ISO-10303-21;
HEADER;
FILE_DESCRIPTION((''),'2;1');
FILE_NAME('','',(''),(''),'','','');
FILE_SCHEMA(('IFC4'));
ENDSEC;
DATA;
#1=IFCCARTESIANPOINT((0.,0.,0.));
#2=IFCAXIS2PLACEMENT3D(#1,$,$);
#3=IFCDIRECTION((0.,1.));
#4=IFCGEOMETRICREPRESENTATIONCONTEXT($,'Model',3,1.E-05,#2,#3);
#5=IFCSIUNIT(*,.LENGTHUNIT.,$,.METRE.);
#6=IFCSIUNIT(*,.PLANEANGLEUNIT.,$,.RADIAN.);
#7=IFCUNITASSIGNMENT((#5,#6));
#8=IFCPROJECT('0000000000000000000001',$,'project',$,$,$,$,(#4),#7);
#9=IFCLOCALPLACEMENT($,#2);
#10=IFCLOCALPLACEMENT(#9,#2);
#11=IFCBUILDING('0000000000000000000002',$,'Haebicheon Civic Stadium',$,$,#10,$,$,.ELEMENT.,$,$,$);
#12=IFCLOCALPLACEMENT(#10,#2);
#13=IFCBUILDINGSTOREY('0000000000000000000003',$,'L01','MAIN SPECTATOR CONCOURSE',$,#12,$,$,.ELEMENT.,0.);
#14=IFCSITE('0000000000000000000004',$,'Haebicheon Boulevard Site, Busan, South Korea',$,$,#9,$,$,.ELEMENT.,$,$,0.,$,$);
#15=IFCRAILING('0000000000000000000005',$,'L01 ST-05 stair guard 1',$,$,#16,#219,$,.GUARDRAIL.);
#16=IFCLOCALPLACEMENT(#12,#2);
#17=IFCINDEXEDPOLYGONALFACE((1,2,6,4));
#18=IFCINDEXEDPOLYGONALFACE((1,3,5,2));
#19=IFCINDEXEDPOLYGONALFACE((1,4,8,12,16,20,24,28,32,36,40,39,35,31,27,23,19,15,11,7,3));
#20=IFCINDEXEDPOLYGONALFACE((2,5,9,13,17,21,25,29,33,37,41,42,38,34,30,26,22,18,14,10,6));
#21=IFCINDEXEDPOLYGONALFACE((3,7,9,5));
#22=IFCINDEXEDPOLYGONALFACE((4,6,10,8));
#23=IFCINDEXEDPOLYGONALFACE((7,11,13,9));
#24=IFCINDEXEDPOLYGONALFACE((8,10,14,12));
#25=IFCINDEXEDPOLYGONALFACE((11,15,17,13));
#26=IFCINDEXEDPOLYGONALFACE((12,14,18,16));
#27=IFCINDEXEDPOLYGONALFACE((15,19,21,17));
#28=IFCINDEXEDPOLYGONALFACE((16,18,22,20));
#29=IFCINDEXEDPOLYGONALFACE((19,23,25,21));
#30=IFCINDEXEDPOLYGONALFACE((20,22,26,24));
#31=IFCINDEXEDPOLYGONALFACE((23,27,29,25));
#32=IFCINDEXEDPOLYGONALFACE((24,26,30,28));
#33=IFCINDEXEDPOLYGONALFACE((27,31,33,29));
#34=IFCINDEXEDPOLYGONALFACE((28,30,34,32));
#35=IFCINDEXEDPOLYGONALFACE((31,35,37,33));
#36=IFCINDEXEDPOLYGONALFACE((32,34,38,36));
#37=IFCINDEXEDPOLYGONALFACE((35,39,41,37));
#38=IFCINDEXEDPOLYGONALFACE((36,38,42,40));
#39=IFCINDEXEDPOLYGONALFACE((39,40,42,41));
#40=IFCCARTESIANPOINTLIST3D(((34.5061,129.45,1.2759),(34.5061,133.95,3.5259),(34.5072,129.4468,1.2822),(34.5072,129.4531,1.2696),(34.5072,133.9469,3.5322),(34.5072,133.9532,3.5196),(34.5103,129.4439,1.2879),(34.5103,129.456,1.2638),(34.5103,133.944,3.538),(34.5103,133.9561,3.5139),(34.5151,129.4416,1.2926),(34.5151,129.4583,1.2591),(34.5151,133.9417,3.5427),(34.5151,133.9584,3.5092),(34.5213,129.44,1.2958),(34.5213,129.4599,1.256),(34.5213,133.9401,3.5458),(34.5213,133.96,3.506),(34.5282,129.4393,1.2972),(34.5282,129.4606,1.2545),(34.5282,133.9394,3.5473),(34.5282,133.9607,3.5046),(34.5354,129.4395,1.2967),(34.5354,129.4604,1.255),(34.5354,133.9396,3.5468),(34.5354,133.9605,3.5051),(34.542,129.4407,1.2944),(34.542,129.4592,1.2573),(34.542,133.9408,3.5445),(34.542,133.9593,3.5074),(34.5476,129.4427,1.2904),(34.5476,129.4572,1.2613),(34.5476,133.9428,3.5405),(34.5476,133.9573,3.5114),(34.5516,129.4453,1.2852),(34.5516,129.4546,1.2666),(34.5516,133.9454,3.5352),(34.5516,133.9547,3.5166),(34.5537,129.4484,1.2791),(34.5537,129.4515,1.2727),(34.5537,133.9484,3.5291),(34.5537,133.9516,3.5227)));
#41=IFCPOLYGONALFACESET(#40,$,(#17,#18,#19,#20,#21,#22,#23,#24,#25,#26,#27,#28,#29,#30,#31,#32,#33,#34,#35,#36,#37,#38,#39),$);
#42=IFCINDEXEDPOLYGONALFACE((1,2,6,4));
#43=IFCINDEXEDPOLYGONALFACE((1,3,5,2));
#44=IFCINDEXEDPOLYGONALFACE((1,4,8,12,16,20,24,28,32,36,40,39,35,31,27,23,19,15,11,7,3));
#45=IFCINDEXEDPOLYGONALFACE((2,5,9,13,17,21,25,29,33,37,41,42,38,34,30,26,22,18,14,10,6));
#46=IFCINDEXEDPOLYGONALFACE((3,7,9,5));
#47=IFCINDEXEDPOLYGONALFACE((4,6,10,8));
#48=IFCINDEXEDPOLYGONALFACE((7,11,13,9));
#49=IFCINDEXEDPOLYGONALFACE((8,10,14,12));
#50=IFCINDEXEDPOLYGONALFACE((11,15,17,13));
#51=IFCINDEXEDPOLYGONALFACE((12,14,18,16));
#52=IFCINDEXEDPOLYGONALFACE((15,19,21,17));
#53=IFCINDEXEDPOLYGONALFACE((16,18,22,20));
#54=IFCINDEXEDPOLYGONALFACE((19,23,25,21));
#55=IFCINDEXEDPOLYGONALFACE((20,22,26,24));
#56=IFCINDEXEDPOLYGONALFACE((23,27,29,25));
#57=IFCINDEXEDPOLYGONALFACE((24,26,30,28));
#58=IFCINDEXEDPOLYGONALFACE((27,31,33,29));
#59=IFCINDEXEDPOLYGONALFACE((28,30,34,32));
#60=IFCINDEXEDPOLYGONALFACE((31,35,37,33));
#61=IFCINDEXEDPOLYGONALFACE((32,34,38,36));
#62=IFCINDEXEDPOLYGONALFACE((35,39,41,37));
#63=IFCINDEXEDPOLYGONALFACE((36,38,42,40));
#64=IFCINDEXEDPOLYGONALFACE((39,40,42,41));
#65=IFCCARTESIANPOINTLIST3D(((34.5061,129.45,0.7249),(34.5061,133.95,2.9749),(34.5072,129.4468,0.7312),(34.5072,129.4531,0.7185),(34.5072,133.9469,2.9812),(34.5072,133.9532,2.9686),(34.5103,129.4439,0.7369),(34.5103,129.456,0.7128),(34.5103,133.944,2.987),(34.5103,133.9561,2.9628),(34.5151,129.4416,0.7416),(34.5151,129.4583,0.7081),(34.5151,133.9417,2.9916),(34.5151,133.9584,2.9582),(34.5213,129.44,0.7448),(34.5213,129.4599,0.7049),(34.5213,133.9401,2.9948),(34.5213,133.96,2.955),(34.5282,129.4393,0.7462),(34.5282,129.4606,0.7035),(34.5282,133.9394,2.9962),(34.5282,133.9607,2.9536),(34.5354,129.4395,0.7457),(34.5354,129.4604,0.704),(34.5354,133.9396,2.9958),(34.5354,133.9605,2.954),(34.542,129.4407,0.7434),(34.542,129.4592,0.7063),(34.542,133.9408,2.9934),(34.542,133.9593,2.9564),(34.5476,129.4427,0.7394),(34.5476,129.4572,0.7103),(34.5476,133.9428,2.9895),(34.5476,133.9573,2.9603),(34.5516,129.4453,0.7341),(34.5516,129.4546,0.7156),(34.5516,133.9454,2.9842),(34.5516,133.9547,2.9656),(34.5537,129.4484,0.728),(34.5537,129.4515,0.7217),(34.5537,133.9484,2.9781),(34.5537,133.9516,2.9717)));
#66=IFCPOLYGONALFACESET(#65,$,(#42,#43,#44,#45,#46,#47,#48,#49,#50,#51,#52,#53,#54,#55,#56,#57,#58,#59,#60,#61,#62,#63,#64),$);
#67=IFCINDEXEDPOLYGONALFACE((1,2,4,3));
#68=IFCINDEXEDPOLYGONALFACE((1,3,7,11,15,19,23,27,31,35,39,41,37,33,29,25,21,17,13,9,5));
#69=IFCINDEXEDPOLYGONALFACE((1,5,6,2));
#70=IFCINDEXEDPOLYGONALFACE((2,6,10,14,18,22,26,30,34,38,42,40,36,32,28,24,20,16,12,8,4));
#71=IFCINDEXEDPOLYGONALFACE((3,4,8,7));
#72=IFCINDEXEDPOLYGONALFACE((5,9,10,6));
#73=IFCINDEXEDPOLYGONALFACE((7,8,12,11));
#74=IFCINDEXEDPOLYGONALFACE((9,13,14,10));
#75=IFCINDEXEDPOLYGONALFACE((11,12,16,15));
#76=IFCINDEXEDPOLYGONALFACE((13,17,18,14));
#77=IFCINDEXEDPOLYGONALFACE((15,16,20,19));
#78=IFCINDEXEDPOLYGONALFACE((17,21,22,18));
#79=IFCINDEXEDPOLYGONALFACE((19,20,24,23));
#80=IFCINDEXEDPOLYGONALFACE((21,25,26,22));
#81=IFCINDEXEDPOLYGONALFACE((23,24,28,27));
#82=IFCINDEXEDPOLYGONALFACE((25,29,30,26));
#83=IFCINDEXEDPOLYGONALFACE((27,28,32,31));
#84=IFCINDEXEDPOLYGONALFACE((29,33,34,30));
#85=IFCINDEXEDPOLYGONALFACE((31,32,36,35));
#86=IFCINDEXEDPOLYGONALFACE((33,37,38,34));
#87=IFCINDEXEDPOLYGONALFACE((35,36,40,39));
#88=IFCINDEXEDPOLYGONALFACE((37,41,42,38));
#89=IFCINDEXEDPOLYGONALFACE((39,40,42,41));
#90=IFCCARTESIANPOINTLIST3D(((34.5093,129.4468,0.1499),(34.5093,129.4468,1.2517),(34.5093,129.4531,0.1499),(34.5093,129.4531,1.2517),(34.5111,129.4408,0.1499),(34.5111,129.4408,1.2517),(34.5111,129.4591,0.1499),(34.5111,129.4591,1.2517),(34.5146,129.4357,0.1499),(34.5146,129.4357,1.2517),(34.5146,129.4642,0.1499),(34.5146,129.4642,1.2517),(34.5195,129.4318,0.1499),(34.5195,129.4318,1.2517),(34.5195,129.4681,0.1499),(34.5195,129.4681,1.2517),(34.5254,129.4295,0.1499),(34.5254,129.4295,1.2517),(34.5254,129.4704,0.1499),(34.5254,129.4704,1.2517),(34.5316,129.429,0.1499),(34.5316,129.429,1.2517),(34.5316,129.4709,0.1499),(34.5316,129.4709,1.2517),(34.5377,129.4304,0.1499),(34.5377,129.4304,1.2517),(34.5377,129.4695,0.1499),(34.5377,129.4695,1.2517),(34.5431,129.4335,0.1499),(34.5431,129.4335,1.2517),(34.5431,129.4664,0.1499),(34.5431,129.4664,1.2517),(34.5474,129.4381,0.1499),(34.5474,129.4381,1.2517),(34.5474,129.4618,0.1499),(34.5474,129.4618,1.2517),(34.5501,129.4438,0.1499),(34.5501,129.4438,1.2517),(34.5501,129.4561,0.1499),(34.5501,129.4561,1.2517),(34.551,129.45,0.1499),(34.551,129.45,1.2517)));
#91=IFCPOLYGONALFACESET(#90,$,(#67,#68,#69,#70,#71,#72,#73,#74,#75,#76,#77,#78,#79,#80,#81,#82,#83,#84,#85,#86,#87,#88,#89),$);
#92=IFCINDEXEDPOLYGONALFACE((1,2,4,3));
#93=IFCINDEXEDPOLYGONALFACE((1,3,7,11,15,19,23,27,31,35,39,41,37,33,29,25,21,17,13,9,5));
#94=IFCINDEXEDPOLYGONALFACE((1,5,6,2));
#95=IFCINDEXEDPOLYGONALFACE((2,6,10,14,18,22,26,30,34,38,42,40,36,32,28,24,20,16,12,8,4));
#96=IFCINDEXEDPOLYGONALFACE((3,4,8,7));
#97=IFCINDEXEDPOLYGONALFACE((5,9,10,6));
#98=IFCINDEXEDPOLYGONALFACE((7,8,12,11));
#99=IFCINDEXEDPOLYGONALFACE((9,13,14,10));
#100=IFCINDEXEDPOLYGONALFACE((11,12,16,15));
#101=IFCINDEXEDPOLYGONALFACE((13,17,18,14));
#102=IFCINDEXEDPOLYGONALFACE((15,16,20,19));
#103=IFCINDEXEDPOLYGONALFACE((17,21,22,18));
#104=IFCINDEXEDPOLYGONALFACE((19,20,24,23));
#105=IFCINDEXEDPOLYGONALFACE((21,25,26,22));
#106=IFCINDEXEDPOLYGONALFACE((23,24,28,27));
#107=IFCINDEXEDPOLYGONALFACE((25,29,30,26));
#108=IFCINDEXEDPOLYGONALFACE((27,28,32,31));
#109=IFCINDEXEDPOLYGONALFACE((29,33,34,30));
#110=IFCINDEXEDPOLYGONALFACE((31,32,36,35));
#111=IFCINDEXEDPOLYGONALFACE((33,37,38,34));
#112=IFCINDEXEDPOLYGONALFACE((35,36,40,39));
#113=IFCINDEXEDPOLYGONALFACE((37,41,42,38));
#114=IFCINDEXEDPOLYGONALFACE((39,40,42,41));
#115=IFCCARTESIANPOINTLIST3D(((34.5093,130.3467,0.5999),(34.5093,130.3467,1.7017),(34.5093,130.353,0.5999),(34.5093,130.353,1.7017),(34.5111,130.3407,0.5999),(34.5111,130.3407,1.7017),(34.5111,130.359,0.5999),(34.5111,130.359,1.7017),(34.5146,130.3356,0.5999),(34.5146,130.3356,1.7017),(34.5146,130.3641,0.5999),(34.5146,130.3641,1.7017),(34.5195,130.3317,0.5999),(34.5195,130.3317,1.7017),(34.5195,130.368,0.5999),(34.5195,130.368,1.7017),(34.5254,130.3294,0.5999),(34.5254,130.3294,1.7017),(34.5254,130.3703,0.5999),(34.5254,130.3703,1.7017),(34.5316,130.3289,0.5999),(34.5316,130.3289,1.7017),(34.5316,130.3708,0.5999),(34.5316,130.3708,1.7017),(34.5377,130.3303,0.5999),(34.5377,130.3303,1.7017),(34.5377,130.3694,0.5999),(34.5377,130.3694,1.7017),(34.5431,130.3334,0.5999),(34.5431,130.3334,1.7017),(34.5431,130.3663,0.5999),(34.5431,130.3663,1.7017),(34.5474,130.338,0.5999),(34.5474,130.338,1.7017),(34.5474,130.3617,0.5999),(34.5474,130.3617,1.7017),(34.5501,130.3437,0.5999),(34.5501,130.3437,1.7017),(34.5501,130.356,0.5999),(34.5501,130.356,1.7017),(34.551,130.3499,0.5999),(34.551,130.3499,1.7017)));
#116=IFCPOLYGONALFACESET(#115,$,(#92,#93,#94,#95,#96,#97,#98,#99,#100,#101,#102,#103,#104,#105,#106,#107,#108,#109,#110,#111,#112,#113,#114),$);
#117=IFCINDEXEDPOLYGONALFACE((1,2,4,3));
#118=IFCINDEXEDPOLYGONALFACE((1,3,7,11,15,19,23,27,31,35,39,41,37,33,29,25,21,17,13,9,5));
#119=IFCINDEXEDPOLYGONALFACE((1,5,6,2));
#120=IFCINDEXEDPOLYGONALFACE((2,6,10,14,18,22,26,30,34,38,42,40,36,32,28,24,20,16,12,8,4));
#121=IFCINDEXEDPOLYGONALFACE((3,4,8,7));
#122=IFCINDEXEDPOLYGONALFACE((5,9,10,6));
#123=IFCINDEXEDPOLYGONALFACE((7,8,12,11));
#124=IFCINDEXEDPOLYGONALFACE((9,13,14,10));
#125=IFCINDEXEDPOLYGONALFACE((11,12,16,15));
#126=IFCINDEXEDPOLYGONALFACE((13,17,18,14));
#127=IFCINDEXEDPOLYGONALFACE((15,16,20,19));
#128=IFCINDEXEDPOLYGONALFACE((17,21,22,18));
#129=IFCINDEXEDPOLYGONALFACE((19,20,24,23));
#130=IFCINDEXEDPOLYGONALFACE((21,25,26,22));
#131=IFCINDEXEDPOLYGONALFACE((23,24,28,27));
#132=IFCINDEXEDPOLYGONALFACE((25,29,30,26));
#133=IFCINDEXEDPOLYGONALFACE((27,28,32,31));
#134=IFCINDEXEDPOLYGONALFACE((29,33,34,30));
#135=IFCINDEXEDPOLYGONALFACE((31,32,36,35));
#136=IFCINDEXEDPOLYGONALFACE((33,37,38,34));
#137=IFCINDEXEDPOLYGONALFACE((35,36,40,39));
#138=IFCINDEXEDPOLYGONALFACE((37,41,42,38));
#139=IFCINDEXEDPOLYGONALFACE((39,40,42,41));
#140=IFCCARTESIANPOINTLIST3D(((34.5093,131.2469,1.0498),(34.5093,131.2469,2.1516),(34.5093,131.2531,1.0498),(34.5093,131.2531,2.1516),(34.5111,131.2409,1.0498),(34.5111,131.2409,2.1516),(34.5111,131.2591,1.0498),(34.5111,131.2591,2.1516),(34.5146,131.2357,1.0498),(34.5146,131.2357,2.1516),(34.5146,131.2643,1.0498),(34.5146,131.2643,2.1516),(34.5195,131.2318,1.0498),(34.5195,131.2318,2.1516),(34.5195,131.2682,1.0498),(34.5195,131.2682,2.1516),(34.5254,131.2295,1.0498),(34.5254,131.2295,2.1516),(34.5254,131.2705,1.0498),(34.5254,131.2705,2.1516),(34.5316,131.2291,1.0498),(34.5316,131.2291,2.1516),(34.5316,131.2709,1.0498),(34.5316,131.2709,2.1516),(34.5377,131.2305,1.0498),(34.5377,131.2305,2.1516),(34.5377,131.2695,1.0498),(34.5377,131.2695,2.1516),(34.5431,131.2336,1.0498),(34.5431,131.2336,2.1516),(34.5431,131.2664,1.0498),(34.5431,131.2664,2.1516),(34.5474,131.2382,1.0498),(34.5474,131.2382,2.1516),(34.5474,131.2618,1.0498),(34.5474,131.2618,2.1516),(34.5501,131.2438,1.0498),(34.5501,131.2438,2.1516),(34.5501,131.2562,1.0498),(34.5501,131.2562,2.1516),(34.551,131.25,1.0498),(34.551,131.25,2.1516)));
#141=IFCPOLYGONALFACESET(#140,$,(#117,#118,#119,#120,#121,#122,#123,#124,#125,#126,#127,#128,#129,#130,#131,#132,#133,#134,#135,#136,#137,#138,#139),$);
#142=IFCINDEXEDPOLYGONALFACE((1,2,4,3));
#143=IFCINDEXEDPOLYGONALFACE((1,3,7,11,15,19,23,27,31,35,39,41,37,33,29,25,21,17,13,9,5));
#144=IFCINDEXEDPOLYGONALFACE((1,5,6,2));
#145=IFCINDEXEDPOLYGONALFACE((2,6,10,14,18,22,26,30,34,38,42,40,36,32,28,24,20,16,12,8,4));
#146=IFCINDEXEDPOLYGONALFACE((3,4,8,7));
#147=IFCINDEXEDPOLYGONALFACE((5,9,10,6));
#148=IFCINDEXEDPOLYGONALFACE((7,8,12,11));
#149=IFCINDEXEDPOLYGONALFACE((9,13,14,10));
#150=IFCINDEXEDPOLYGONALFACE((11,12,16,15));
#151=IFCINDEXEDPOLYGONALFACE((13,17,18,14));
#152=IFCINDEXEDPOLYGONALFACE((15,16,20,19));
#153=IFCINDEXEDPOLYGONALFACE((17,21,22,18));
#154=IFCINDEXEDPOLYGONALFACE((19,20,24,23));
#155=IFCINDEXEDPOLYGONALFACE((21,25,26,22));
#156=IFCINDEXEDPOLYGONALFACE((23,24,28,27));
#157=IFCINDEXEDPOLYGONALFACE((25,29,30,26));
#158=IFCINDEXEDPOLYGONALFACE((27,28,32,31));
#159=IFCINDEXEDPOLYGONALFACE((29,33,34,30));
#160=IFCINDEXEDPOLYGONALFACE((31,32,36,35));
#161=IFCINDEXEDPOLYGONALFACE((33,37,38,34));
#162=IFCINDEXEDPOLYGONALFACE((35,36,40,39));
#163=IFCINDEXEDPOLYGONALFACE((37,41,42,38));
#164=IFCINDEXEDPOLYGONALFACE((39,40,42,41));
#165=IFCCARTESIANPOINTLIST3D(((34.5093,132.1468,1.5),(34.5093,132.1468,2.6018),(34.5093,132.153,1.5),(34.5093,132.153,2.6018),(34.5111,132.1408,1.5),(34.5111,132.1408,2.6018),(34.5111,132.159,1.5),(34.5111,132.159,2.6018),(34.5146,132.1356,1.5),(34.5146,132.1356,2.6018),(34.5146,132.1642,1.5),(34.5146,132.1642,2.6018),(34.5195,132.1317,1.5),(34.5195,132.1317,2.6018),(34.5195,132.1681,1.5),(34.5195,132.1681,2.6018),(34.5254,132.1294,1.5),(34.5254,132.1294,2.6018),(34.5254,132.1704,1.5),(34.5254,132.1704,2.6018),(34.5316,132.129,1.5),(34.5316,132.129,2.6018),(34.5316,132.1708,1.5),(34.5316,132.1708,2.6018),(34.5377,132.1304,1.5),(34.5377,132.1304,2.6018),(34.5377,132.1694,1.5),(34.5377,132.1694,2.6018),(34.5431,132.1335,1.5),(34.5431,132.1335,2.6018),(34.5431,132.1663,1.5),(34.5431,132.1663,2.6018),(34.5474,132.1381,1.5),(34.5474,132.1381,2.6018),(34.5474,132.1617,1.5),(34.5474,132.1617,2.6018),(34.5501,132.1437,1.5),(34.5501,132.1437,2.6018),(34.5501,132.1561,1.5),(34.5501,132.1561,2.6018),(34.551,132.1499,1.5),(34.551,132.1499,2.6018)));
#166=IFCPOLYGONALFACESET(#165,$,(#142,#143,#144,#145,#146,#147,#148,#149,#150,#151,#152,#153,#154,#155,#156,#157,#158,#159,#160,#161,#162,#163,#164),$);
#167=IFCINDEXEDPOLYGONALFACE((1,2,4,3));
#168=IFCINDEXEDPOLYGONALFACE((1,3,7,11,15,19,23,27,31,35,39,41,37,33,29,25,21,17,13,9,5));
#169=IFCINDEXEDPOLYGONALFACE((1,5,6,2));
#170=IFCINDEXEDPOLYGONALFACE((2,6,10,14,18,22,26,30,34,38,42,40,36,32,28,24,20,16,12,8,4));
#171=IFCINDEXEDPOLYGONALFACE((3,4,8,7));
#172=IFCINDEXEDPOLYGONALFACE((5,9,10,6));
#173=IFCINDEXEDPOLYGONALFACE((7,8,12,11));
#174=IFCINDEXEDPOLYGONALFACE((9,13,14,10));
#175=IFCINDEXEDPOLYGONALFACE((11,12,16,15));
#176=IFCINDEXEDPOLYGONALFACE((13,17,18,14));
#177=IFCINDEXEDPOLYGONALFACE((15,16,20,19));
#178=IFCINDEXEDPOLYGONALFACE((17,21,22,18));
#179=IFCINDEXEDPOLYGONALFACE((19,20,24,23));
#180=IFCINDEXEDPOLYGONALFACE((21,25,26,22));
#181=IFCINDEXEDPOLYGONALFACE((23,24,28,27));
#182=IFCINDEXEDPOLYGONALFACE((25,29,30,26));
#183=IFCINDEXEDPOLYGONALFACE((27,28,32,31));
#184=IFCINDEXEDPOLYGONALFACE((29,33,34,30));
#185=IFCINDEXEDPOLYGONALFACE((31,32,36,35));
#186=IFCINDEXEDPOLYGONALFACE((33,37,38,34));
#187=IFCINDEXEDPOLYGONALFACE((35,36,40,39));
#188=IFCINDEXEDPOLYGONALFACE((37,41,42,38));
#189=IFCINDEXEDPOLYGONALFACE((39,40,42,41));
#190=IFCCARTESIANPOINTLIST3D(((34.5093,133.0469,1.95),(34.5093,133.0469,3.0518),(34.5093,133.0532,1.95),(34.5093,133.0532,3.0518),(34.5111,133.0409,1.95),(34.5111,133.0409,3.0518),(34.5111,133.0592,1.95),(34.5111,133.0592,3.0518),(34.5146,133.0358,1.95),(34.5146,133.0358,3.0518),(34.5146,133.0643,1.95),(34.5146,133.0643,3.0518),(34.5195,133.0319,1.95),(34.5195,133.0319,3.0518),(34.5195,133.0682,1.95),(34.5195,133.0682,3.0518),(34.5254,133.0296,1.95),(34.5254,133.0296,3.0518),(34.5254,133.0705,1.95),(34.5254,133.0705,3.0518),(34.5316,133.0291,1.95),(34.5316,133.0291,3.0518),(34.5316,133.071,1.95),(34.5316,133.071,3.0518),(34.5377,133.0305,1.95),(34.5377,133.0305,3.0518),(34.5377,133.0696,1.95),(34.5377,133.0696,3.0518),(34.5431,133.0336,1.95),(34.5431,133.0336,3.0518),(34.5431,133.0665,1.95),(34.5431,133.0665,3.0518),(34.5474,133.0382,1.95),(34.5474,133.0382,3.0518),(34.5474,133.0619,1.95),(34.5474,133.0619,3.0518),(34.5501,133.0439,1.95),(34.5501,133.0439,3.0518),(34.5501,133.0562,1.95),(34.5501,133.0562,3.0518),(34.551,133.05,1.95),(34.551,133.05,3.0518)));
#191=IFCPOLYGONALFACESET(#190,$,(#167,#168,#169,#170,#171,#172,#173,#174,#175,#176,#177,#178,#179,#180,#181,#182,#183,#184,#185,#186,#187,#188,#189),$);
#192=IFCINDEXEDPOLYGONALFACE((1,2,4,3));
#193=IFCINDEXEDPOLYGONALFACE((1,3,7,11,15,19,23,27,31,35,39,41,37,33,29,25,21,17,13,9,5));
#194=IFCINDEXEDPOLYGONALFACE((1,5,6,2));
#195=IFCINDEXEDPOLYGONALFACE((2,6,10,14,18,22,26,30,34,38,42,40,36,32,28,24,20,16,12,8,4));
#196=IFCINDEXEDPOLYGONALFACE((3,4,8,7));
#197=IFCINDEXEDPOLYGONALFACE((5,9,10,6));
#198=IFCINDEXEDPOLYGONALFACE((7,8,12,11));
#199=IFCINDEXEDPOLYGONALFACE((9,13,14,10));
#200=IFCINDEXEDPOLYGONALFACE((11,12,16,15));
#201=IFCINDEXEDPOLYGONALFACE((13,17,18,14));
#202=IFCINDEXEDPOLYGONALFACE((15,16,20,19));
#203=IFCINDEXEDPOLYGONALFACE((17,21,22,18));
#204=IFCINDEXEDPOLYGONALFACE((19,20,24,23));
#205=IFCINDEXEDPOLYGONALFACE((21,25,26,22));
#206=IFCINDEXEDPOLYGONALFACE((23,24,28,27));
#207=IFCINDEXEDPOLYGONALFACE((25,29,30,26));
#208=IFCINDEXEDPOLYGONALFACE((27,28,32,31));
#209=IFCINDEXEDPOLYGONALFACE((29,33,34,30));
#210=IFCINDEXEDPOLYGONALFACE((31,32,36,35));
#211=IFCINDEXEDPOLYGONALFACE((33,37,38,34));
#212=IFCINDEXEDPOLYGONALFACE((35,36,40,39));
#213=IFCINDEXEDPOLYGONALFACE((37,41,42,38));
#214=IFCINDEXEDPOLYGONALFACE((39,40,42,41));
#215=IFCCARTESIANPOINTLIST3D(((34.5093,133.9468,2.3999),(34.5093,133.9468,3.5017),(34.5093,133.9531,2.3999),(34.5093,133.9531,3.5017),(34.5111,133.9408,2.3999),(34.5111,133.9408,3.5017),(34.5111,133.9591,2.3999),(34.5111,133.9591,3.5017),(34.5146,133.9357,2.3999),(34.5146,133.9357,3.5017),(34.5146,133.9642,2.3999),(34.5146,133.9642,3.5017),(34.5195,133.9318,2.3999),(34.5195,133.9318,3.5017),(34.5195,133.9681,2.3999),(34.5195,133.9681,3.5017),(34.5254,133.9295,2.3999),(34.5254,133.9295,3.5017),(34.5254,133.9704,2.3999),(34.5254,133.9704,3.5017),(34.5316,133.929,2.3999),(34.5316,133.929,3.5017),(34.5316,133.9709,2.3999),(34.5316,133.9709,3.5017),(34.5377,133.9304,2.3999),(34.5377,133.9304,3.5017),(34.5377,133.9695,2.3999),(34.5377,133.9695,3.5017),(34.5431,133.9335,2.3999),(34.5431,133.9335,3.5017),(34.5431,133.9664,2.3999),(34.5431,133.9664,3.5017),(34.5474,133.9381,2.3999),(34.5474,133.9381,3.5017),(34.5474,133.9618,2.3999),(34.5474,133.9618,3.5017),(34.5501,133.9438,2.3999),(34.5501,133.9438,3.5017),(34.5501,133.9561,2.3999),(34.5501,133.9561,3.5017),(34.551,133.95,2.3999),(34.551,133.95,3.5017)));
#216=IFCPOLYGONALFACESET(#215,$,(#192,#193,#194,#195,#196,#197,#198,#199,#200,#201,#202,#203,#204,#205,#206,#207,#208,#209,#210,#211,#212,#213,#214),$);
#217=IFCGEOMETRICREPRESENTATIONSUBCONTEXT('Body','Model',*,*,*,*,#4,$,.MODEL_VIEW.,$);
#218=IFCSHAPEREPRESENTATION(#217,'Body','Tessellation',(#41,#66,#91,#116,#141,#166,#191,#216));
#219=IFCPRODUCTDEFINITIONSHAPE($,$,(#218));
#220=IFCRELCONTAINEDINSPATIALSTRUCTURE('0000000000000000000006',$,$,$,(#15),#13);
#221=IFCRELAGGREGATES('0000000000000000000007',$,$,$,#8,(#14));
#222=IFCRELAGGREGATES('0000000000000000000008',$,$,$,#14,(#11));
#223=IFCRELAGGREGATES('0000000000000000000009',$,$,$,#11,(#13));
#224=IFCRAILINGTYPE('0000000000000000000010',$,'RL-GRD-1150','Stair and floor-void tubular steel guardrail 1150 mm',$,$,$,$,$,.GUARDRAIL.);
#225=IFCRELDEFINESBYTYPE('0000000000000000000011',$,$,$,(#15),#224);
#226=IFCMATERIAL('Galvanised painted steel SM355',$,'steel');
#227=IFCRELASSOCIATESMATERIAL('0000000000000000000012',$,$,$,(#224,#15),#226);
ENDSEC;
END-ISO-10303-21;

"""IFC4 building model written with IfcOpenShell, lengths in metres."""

from ifc_helpers import new_model, si_unit, direction, frame, origin, origin_2d, place, context, subcontext, project, spatial, circle, extrude, material, type_object, element, save


model = new_model("IFC4")

# Units and contexts
model_context = context("Model", 3, precision=1e-05, world=origin(), true_north=direction((0.0, 1.0)))
body_context = subcontext(model_context, "Body", "Model", "MODEL_VIEW")
ifc_project = project(units=[si_unit("LENGTHUNIT", "METRE"), si_unit("PLANEANGLEUNIT", "RADIAN")], contexts=[model_context])

# Site, building, storey
site_placement = place(None, origin())
site = spatial("IfcSite", under=ifc_project, at=site_placement, Name="Haebicheon Boulevard Site, Busan, South Korea", CompositionType="ELEMENT", RefElevation=0.0)
building_placement = place(site_placement, origin())
building = spatial("IfcBuilding", under=site, at=building_placement, Name="Haebicheon Civic Stadium", CompositionType="ELEMENT")
storey_placement = place(building_placement, origin())
storey = spatial("IfcBuildingStorey", under=building, at=storey_placement, Name="L01", Description="MAIN SPECTATOR CONCOURSE", CompositionType="ELEMENT", Elevation=0.0)

# Railing
ifc_material_1 = material(Name="Galvanised painted steel SM355", Category="steel")
railing_type_1 = type_object("IfcRailingType", Name="RL-GRD-1150", Description="Stair and floor-void tubular steel guardrail 1150 mm", PredefinedType="GUARDRAIL", material=ifc_material_1)
railing_1_placement = place(storey_placement, frame((34.53, 129.45, 0.1499)))
element("IfcRailing", 1, at=railing_1_placement, inside=storey, type_object=railing_type_1, material=ifc_material_1, Name="L01 ST-05 stair guard 1", PredefinedType="GUARDRAIL", context=body_context, shape_type="SweptSolid", body=[
    extrude(circle(Radius=0.0239, at=origin_2d()), frame((0.0, 0.0, 1.126), z_axis=(0.0, 0.894427, 0.447214), x_axis=(-1.0, 0.0, 0.0)), (0.0, 0.0, 1.0), 5.0312),
    extrude(circle(Radius=0.0239, at=origin_2d()), frame((0.0, 0.0, 0.575), z_axis=(0.0, 0.894427, 0.447214), x_axis=(-1.0, 0.0, 0.0)), (0.0, 0.0, 1.0), 5.0312),
    extrude(circle(Radius=0.021, at=origin_2d()), origin(), (0.0, 0.0, 1.0), 1.1018),
    extrude(circle(Radius=0.021, at=origin_2d()), frame((0.0, 0.8999, 0.45)), (0.0, 0.0, 1.0), 1.1018),
    extrude(circle(Radius=0.021, at=origin_2d()), frame((0.0, 1.8, 0.8999)), (0.0, 0.0, 1.0), 1.1018),
    extrude(circle(Radius=0.021, at=origin_2d()), frame((0.0, 2.7, 1.3501)), (0.0, 0.0, 1.0), 1.1018),
    extrude(circle(Radius=0.021, at=origin_2d()), frame((0.0, 3.6001, 1.8)), (0.0, 0.0, 1.0), 1.1018),
    extrude(circle(Radius=0.021, at=origin_2d()), frame((0.0, 4.5, 2.25)), (0.0, 0.0, 1.0), 1.1018),
])

save(model, "model.ifc")
